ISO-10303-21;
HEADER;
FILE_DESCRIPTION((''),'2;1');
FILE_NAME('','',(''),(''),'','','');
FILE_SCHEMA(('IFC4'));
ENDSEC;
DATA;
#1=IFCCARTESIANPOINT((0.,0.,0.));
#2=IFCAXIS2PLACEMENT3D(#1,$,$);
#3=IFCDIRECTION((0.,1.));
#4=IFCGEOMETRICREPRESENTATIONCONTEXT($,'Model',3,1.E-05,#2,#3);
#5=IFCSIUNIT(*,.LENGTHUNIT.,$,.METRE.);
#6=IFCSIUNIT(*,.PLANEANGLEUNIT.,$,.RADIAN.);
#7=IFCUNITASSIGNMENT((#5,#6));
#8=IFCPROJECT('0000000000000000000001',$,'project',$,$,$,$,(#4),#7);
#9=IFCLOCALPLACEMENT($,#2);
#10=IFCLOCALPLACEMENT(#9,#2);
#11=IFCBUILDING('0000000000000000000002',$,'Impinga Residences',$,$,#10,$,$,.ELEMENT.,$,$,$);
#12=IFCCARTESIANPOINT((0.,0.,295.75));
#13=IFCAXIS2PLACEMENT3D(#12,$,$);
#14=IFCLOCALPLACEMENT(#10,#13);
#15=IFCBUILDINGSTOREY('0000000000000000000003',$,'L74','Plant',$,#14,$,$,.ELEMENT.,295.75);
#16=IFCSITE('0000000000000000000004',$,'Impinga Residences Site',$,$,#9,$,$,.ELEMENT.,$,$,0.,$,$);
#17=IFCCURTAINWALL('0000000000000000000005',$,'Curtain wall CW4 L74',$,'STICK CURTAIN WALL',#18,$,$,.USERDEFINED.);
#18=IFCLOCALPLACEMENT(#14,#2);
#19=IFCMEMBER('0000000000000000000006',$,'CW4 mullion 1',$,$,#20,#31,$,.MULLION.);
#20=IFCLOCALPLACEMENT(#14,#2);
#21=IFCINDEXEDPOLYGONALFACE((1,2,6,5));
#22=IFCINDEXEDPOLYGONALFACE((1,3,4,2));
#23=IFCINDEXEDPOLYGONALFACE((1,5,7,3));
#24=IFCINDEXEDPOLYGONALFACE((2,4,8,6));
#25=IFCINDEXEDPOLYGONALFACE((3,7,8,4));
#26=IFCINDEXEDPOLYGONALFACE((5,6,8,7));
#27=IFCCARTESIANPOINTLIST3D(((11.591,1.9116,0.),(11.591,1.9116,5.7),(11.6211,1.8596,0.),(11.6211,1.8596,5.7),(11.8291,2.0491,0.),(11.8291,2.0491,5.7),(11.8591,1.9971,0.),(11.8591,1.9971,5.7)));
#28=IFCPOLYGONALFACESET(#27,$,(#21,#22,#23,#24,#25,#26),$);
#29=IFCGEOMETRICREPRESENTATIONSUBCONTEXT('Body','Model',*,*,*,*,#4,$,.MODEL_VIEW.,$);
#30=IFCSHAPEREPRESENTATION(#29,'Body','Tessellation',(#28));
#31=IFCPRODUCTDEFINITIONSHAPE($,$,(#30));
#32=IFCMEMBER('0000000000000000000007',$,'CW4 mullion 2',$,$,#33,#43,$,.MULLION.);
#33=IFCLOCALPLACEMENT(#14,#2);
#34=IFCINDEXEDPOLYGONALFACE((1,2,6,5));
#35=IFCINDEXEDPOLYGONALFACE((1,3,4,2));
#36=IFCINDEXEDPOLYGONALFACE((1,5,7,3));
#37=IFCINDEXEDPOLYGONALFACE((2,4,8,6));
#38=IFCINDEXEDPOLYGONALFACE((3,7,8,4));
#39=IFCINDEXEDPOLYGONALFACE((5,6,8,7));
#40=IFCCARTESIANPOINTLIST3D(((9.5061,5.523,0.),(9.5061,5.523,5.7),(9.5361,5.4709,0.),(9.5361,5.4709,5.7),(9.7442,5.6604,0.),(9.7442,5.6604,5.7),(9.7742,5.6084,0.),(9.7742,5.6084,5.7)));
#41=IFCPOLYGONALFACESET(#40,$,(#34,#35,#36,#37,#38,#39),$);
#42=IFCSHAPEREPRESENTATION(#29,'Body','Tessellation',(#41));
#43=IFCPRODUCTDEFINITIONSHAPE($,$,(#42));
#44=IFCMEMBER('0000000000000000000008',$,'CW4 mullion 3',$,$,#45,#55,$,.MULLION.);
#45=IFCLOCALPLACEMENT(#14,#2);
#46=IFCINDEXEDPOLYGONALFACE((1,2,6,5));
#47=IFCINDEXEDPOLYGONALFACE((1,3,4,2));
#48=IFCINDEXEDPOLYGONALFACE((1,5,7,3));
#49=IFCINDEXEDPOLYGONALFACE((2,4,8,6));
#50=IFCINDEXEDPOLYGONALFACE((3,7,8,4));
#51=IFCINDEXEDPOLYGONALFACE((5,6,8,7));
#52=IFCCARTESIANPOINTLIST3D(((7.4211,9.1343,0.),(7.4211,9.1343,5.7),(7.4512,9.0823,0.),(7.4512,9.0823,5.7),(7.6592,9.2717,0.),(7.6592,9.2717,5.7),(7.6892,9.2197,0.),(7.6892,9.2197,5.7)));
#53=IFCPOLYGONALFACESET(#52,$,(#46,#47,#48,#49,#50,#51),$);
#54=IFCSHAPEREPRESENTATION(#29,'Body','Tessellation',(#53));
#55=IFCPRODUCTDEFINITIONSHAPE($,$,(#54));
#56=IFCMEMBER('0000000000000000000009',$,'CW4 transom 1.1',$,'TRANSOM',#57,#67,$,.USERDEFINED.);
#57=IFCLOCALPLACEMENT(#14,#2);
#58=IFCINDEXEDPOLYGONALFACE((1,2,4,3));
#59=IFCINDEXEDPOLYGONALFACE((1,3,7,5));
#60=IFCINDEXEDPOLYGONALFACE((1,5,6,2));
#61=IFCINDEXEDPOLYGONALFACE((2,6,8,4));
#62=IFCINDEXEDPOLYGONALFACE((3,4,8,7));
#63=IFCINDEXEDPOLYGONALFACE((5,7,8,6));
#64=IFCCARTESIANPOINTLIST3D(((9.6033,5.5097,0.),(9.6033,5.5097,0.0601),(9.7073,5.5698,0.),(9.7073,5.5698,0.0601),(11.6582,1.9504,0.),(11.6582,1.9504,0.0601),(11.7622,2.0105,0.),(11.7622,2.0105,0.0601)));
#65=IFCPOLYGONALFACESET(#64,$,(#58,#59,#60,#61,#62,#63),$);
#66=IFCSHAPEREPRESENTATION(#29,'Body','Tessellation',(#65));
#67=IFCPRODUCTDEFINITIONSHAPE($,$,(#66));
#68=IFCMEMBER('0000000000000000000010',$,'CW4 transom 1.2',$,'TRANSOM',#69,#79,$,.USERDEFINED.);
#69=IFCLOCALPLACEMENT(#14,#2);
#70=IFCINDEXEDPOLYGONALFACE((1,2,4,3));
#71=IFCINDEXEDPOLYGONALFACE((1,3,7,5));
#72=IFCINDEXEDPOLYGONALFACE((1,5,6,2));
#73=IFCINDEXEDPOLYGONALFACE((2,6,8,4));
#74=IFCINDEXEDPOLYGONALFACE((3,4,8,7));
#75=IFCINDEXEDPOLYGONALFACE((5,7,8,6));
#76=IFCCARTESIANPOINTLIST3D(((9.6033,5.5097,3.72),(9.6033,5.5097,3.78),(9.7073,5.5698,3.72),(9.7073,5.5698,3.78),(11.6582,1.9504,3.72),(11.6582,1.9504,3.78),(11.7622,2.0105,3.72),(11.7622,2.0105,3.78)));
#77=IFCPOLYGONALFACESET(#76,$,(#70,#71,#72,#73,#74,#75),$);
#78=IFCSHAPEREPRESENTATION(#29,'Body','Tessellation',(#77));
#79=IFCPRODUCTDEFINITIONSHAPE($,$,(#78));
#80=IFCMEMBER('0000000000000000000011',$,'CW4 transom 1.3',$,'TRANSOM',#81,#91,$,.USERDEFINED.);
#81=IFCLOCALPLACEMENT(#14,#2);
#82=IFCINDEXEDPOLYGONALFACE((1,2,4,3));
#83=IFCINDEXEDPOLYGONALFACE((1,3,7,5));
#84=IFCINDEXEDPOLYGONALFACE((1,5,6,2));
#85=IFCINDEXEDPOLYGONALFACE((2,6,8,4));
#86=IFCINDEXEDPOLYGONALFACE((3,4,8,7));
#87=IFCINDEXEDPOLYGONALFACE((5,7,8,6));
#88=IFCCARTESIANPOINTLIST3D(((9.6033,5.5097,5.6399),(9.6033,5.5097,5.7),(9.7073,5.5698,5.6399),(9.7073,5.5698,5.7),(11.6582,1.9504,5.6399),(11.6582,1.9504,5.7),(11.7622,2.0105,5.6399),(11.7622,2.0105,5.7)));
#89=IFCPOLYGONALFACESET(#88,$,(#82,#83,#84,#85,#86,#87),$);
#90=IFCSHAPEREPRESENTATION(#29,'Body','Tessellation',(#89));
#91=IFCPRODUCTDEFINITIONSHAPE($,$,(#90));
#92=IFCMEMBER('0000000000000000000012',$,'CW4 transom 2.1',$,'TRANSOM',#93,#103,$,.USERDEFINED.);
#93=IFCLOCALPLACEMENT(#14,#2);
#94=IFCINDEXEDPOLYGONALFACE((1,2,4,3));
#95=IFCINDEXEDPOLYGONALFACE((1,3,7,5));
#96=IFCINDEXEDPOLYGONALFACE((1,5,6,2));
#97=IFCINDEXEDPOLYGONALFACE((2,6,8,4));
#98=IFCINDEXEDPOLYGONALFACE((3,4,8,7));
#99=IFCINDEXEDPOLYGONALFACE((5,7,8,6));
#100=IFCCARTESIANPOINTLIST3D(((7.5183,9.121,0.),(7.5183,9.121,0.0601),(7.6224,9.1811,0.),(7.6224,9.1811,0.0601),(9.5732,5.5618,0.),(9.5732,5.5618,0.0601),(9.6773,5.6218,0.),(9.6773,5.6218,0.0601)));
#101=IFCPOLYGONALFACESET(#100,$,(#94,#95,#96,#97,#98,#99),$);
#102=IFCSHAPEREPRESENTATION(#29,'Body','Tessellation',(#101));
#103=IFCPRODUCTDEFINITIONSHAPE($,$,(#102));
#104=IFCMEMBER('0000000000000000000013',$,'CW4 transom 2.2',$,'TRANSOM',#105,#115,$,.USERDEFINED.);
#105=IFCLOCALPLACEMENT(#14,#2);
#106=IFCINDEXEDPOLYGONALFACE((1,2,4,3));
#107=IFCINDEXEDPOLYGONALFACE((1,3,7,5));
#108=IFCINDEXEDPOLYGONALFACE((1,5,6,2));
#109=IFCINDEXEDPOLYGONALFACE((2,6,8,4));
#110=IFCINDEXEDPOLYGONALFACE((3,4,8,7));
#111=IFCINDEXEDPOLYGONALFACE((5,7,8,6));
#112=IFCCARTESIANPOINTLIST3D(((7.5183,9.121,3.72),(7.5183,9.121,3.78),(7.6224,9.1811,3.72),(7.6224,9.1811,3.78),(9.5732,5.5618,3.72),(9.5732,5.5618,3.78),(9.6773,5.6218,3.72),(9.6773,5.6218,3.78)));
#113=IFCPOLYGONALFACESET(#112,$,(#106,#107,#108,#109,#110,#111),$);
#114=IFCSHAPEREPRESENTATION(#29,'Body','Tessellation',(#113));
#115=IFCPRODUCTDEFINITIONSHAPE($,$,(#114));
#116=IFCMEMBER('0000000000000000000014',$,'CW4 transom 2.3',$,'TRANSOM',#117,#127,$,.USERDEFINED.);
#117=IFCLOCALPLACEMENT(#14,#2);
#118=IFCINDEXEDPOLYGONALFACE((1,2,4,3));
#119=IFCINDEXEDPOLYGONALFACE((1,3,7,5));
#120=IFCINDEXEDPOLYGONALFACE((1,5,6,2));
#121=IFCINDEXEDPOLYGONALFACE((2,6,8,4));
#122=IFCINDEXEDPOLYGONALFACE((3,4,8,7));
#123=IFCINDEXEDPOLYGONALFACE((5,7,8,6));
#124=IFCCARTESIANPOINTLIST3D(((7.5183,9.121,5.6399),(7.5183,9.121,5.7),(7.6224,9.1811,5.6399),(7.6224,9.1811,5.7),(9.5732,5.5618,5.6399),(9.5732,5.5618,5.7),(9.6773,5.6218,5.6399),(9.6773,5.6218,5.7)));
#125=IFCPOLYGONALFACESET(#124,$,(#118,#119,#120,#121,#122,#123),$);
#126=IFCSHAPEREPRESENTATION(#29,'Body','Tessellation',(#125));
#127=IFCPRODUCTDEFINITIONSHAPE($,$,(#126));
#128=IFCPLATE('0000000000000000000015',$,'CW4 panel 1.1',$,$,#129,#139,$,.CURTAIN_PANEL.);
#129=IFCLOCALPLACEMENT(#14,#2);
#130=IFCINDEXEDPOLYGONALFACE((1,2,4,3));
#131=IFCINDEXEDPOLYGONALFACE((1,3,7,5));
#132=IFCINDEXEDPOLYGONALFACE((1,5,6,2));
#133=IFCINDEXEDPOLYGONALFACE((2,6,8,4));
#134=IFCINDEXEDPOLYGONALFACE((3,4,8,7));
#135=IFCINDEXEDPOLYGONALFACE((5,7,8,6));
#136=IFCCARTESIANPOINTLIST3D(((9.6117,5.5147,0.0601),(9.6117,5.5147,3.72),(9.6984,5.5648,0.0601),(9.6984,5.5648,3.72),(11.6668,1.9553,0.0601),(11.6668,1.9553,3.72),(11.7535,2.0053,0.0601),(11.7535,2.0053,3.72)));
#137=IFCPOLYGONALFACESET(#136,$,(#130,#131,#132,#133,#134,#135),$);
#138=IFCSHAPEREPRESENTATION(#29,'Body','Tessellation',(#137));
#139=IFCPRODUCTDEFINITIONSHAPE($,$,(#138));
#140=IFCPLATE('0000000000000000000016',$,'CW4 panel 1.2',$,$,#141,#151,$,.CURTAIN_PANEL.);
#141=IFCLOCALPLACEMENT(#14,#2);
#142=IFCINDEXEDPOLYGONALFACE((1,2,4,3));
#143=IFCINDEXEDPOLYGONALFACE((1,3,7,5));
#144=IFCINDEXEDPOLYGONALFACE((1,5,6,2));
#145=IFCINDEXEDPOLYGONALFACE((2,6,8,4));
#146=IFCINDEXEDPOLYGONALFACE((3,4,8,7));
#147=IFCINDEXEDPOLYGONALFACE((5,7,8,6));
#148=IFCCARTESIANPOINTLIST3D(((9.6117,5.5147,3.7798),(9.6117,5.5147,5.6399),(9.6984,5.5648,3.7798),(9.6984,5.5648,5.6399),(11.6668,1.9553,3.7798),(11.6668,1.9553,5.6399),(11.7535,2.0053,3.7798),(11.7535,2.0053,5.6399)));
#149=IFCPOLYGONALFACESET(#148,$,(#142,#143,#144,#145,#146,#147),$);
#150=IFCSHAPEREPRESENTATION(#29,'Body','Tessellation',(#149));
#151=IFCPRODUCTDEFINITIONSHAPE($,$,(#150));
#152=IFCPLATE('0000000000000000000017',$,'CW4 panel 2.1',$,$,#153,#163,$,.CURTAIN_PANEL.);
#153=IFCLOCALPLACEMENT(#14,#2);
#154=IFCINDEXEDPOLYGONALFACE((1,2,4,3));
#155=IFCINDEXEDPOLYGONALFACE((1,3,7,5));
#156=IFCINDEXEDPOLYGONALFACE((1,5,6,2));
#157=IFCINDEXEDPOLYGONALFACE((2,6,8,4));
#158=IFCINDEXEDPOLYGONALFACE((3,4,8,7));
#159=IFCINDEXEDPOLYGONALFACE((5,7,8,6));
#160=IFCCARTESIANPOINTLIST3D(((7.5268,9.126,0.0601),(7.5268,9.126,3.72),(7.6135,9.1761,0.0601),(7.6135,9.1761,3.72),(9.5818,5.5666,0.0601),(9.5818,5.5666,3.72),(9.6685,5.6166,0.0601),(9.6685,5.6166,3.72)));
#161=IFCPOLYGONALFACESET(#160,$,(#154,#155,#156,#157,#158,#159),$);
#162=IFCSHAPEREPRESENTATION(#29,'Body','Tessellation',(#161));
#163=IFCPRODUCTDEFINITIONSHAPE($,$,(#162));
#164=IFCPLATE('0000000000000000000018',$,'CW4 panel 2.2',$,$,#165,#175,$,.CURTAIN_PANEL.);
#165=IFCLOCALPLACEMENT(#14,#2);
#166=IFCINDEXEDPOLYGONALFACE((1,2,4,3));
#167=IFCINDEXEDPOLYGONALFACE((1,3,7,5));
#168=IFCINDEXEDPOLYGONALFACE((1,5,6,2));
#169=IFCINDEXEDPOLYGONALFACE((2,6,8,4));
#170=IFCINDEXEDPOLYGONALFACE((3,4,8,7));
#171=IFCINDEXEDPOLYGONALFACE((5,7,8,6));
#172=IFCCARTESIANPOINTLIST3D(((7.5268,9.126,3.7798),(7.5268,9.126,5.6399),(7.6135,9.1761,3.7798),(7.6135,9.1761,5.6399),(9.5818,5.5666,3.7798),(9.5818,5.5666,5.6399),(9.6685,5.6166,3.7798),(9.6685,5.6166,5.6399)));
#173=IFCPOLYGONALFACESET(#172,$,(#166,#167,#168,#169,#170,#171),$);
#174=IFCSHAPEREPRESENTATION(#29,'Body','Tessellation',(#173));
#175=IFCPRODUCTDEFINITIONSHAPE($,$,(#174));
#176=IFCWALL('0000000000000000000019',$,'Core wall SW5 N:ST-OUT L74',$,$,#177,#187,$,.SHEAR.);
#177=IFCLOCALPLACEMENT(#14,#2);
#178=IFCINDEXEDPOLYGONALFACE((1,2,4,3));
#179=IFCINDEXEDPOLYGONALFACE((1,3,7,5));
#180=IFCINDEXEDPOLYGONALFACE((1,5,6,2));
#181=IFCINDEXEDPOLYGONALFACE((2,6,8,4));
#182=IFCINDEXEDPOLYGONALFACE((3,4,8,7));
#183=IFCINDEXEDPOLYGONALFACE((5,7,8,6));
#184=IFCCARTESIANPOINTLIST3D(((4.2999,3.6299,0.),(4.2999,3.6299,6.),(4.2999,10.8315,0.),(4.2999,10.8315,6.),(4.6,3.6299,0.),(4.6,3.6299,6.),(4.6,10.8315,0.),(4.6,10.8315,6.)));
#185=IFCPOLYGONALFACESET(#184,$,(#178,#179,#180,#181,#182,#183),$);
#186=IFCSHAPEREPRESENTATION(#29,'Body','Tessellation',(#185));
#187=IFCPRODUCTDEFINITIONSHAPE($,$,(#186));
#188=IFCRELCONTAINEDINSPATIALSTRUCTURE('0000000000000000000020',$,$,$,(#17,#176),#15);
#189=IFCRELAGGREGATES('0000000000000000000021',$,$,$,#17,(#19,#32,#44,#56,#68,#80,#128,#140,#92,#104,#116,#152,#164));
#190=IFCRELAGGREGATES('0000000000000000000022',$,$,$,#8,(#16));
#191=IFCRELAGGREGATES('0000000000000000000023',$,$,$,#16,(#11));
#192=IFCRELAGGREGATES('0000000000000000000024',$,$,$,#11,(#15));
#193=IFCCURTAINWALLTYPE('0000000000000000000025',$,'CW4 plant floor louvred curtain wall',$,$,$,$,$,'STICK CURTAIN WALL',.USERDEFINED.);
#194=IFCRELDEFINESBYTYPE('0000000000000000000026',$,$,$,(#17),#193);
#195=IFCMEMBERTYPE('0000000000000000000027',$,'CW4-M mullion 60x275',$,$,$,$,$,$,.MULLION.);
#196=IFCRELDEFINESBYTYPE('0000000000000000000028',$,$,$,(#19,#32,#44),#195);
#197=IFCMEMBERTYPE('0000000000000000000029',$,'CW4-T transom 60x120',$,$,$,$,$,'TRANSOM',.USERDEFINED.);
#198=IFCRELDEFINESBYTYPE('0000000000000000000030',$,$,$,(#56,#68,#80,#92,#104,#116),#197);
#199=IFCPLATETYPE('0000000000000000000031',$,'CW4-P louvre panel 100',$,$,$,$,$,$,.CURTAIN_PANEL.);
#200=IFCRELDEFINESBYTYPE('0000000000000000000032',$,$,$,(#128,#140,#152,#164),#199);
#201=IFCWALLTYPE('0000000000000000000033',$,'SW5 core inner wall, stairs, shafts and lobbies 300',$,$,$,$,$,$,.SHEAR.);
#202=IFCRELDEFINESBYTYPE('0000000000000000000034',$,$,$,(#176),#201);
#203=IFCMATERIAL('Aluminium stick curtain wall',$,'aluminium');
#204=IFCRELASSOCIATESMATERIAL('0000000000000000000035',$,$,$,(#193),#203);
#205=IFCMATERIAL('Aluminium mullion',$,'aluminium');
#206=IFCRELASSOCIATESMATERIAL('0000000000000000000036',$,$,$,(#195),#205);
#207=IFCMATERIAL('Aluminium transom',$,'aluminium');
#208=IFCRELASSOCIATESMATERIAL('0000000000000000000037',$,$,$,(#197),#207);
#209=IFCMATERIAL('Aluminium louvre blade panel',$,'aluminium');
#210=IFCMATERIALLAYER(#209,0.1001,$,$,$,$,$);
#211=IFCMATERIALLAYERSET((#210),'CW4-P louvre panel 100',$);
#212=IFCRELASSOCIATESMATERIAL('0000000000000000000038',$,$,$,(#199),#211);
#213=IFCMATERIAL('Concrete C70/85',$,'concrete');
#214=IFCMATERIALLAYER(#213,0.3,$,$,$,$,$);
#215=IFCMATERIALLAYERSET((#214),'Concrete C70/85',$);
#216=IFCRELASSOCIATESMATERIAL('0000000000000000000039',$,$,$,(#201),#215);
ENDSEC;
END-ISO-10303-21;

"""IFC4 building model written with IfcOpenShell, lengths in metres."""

from ifc_helpers import new_model, si_unit, direction, frame, frame_2d, origin, origin_2d, place, context, subcontext, project, spatial, rectangle, extrude, material, layer, layer_set, material_profile, profile_set, type_object, element, aggregate, save


model = new_model("IFC4")

# Units and contexts
model_context = context("Model", 3, precision=1e-05, world=origin(), true_north=direction((0.0, 1.0)))
body_context = subcontext(model_context, "Body", "Model", "MODEL_VIEW")
ifc_project = project(units=[si_unit("LENGTHUNIT", "METRE"), si_unit("PLANEANGLEUNIT", "RADIAN")], contexts=[model_context])

# Site, building, storey
site_placement = place(None, origin())
site = spatial("IfcSite", under=ifc_project, at=site_placement, Name="Impinga Residences Site", CompositionType="ELEMENT", RefElevation=0.0)
building_placement = place(site_placement, origin())
building = spatial("IfcBuilding", under=site, at=building_placement, Name="Impinga Residences", CompositionType="ELEMENT")
storey_placement = place(building_placement, frame((0.0, 0.0, 295.75)))
storey = spatial("IfcBuildingStorey", under=building, at=storey_placement, Name="L74", Description="Plant", CompositionType="ELEMENT", Elevation=295.75)

# Curtain wall, members, plates
ifc_material_1 = material(Name="Aluminium stick curtain wall", Category="aluminium")
curtain_wall_type = type_object("IfcCurtainWallType", Name="CW4 plant floor louvred curtain wall", ElementType="STICK CURTAIN WALL", PredefinedType="USERDEFINED", material=ifc_material_1)
curtain_wall_placement = place(storey_placement, origin())
curtain_wall = element("IfcCurtainWall", 1, at=curtain_wall_placement, inside=storey, type_object=curtain_wall_type, Name="Curtain wall CW4 L74", ObjectType="STICK CURTAIN WALL", PredefinedType="USERDEFINED")
ifc_material_2 = material(Name="Aluminium mullion", Category="aluminium")
ifc_material_profile_1 = material_profile(ifc_material_2, rectangle(XDim=0.0601, YDim=0.2749, at=origin_2d()), Name="60x275 mullion")
ifc_profile_set_1 = profile_set([ifc_material_profile_1], Name="Aluminium mullion")
member_type_1 = type_object("IfcMemberType", Name="CW4-M mullion 60x275", PredefinedType="MULLION", material=ifc_profile_set_1)
member_1_placement = place(storey_placement, frame((11.7251, 1.9543, 0.0), z_axis=(0.0, 0.0, 1.0), x_axis=(-0.5, 0.866025, 0.0)))
member_1 = element("IfcMember", 2, at=member_1_placement, type_object=member_type_1, Name="CW4 mullion 1", PredefinedType="MULLION", context=body_context, shape_type="SweptSolid", body=[
    extrude(rectangle(XDim=0.0601, YDim=0.2749, at=origin_2d()), origin(), (0.0, 0.0, 1.0), 5.7),
])
member_2_placement = place(storey_placement, frame((9.6401, 5.5657, 0.0), z_axis=(0.0, 0.0, 1.0), x_axis=(-0.5, 0.866025, 0.0)))
member_2 = element("IfcMember", 3, at=member_2_placement, type_object=member_type_1, Name="CW4 mullion 2", PredefinedType="MULLION", context=body_context, shape_type="SweptSolid", body=[
    extrude(rectangle(XDim=0.0601, YDim=0.2749, at=origin_2d()), origin(), (0.0, 0.0, 1.0), 5.7),
])
member_3_placement = place(storey_placement, frame((7.5552, 9.177, 0.0), z_axis=(0.0, 0.0, 1.0), x_axis=(-0.5, 0.866025, 0.0)))
member_3 = element("IfcMember", 4, at=member_3_placement, type_object=member_type_1, Name="CW4 mullion 3", PredefinedType="MULLION", context=body_context, shape_type="SweptSolid", body=[
    extrude(rectangle(XDim=0.0601, YDim=0.2749, at=origin_2d()), origin(), (0.0, 0.0, 1.0), 5.7),
])
ifc_material_3 = material(Name="Aluminium transom", Category="aluminium")
ifc_material_profile_2 = material_profile(ifc_material_3, rectangle(XDim=0.0601, YDim=0.1201, at=origin_2d()), Name="60x120 transom")
ifc_profile_set_2 = profile_set([ifc_material_profile_2], Name="Aluminium transom")
member_type_2 = type_object("IfcMemberType", Name="CW4-T transom 60x120", ElementType="TRANSOM", PredefinedType="USERDEFINED", material=ifc_profile_set_2)
member_4_placement = place(storey_placement, frame((11.7102, 1.9805, 0.03), z_axis=(-0.499992, 0.86603, 0.0), x_axis=(0.0, 0.0, 1.0)))
member_4 = element("IfcMember", 5, at=member_4_placement, type_object=member_type_2, Name="CW4 transom 1.1", ObjectType="TRANSOM", PredefinedType="USERDEFINED", context=body_context, shape_type="SweptSolid", body=[
    extrude(rectangle(XDim=0.0601, YDim=0.1201, at=origin_2d()), origin(), (0.0, 0.0, 1.0), 4.1099),
])
member_5_placement = place(storey_placement, frame((11.7102, 1.9805, 3.75), z_axis=(-0.499992, 0.86603, 0.0), x_axis=(0.0, 0.0, 1.0)))
member_5 = element("IfcMember", 6, at=member_5_placement, type_object=member_type_2, Name="CW4 transom 1.2", ObjectType="TRANSOM", PredefinedType="USERDEFINED", context=body_context, shape_type="SweptSolid", body=[
    extrude(rectangle(XDim=0.0601, YDim=0.1201, at=origin_2d()), origin(), (0.0, 0.0, 1.0), 4.1099),
])
member_6_placement = place(storey_placement, frame((11.7102, 1.9805, 5.6699), z_axis=(-0.499992, 0.86603, 0.0), x_axis=(0.0, 0.0, 1.0)))
member_6 = element("IfcMember", 7, at=member_6_placement, type_object=member_type_2, Name="CW4 transom 1.3", ObjectType="TRANSOM", PredefinedType="USERDEFINED", context=body_context, shape_type="SweptSolid", body=[
    extrude(rectangle(XDim=0.0601, YDim=0.1201, at=origin_2d()), origin(), (0.0, 0.0, 1.0), 4.1099),
])
member_7_placement = place(storey_placement, frame((9.6252, 5.5918, 0.03), z_axis=(-0.499992, 0.86603, 0.0), x_axis=(0.0, 0.0, 1.0)))
member_7 = element("IfcMember", 8, at=member_7_placement, type_object=member_type_2, Name="CW4 transom 2.1", ObjectType="TRANSOM", PredefinedType="USERDEFINED", context=body_context, shape_type="SweptSolid", body=[
    extrude(rectangle(XDim=0.0601, YDim=0.1201, at=origin_2d()), origin(), (0.0, 0.0, 1.0), 4.1099),
])
member_8_placement = place(storey_placement, frame((9.6252, 5.5918, 3.75), z_axis=(-0.499992, 0.86603, 0.0), x_axis=(0.0, 0.0, 1.0)))
member_8 = element("IfcMember", 9, at=member_8_placement, type_object=member_type_2, Name="CW4 transom 2.2", ObjectType="TRANSOM", PredefinedType="USERDEFINED", context=body_context, shape_type="SweptSolid", body=[
    extrude(rectangle(XDim=0.0601, YDim=0.1201, at=origin_2d()), origin(), (0.0, 0.0, 1.0), 4.1099),
])
member_9_placement = place(storey_placement, frame((9.6252, 5.5918, 5.6699), z_axis=(-0.499992, 0.86603, 0.0), x_axis=(0.0, 0.0, 1.0)))
member_9 = element("IfcMember", 10, at=member_9_placement, type_object=member_type_2, Name="CW4 transom 2.3", ObjectType="TRANSOM", PredefinedType="USERDEFINED", context=body_context, shape_type="SweptSolid", body=[
    extrude(rectangle(XDim=0.0601, YDim=0.1201, at=origin_2d()), origin(), (0.0, 0.0, 1.0), 4.1099),
])
ifc_material_4 = material(Name="Aluminium louvre blade panel", Category="aluminium")
ifc_layer_1 = layer(ifc_material_4, 0.1001)
ifc_layer_set_1 = layer_set([ifc_layer_1], Name="CW4-P louvre panel 100")
plate_type = type_object("IfcPlateType", Name="CW4-P louvre panel 100", PredefinedType="CURTAIN_PANEL", material=ifc_layer_set_1)
plate_1_placement = place(storey_placement, frame((10.6826, 3.76, 0.0601), z_axis=(0.0, 0.0, 1.0), x_axis=(-0.5, 0.866025, 0.0)))
plate_1 = element("IfcPlate", 11, at=plate_1_placement, type_object=plate_type, Name="CW4 panel 1.1", PredefinedType="CURTAIN_PANEL", context=body_context, shape_type="SweptSolid", body=[
    extrude(rectangle(XDim=4.1101, YDim=0.1001, at=origin_2d()), origin(), (0.0, 0.0, 1.0), 3.6599),
])
plate_2_placement = place(storey_placement, frame((10.6826, 3.76, 3.7798), z_axis=(0.0, 0.0, 1.0), x_axis=(-0.5, 0.866025, 0.0)))
plate_2 = element("IfcPlate", 12, at=plate_2_placement, type_object=plate_type, Name="CW4 panel 1.2", PredefinedType="CURTAIN_PANEL", context=body_context, shape_type="SweptSolid", body=[
    extrude(rectangle(XDim=4.1101, YDim=0.1001, at=origin_2d()), origin(), (0.0, 0.0, 1.0), 1.8601),
])
plate_3_placement = place(storey_placement, frame((8.5977, 7.3713, 0.0601), z_axis=(0.0, 0.0, 1.0), x_axis=(-0.5, 0.866025, 0.0)))
plate_3 = element("IfcPlate", 13, at=plate_3_placement, type_object=plate_type, Name="CW4 panel 2.1", PredefinedType="CURTAIN_PANEL", context=body_context, shape_type="SweptSolid", body=[
    extrude(rectangle(XDim=4.1101, YDim=0.1001, at=origin_2d()), origin(), (0.0, 0.0, 1.0), 3.6599),
])
plate_4_placement = place(storey_placement, frame((8.5977, 7.3713, 3.7798), z_axis=(0.0, 0.0, 1.0), x_axis=(-0.5, 0.866025, 0.0)))
plate_4 = element("IfcPlate", 14, at=plate_4_placement, type_object=plate_type, Name="CW4 panel 2.2", PredefinedType="CURTAIN_PANEL", context=body_context, shape_type="SweptSolid", body=[
    extrude(rectangle(XDim=4.1101, YDim=0.1001, at=origin_2d()), origin(), (0.0, 0.0, 1.0), 1.8601),
])
aggregate(curtain_wall, [member_1, member_2, member_3, member_4, member_5, member_6, plate_1, plate_2, member_7, member_8, member_9, plate_3, plate_4])

# Wall
ifc_material_5 = material(Name="Concrete C70/85", Category="concrete")
ifc_layer_2 = layer(ifc_material_5, 0.3)
ifc_layer_set_2 = layer_set([ifc_layer_2], Name="Concrete C70/85")
wall_type = type_object("IfcWallType", Name="SW5 core inner wall, stairs, shafts and lobbies 300", PredefinedType="SHEAR", material=ifc_layer_set_2)
wall_1_placement = place(storey_placement, frame((4.45, 3.6299, 0.0), z_axis=(0.0, 0.0, 1.0), x_axis=(0.0, 1.0, 0.0)))
element("IfcWall", 15, at=wall_1_placement, inside=storey, type_object=wall_type, Name="Core wall SW5 N:ST-OUT L74", PredefinedType="SHEAR", context=body_context, shape_type="SweptSolid", body=[
    extrude(rectangle(XDim=7.2017, YDim=0.3, at=frame_2d((3.6008, 0.0))), origin(), (0.0, 0.0, 1.0), 6.0),
])

save(model, "model.ifc")
